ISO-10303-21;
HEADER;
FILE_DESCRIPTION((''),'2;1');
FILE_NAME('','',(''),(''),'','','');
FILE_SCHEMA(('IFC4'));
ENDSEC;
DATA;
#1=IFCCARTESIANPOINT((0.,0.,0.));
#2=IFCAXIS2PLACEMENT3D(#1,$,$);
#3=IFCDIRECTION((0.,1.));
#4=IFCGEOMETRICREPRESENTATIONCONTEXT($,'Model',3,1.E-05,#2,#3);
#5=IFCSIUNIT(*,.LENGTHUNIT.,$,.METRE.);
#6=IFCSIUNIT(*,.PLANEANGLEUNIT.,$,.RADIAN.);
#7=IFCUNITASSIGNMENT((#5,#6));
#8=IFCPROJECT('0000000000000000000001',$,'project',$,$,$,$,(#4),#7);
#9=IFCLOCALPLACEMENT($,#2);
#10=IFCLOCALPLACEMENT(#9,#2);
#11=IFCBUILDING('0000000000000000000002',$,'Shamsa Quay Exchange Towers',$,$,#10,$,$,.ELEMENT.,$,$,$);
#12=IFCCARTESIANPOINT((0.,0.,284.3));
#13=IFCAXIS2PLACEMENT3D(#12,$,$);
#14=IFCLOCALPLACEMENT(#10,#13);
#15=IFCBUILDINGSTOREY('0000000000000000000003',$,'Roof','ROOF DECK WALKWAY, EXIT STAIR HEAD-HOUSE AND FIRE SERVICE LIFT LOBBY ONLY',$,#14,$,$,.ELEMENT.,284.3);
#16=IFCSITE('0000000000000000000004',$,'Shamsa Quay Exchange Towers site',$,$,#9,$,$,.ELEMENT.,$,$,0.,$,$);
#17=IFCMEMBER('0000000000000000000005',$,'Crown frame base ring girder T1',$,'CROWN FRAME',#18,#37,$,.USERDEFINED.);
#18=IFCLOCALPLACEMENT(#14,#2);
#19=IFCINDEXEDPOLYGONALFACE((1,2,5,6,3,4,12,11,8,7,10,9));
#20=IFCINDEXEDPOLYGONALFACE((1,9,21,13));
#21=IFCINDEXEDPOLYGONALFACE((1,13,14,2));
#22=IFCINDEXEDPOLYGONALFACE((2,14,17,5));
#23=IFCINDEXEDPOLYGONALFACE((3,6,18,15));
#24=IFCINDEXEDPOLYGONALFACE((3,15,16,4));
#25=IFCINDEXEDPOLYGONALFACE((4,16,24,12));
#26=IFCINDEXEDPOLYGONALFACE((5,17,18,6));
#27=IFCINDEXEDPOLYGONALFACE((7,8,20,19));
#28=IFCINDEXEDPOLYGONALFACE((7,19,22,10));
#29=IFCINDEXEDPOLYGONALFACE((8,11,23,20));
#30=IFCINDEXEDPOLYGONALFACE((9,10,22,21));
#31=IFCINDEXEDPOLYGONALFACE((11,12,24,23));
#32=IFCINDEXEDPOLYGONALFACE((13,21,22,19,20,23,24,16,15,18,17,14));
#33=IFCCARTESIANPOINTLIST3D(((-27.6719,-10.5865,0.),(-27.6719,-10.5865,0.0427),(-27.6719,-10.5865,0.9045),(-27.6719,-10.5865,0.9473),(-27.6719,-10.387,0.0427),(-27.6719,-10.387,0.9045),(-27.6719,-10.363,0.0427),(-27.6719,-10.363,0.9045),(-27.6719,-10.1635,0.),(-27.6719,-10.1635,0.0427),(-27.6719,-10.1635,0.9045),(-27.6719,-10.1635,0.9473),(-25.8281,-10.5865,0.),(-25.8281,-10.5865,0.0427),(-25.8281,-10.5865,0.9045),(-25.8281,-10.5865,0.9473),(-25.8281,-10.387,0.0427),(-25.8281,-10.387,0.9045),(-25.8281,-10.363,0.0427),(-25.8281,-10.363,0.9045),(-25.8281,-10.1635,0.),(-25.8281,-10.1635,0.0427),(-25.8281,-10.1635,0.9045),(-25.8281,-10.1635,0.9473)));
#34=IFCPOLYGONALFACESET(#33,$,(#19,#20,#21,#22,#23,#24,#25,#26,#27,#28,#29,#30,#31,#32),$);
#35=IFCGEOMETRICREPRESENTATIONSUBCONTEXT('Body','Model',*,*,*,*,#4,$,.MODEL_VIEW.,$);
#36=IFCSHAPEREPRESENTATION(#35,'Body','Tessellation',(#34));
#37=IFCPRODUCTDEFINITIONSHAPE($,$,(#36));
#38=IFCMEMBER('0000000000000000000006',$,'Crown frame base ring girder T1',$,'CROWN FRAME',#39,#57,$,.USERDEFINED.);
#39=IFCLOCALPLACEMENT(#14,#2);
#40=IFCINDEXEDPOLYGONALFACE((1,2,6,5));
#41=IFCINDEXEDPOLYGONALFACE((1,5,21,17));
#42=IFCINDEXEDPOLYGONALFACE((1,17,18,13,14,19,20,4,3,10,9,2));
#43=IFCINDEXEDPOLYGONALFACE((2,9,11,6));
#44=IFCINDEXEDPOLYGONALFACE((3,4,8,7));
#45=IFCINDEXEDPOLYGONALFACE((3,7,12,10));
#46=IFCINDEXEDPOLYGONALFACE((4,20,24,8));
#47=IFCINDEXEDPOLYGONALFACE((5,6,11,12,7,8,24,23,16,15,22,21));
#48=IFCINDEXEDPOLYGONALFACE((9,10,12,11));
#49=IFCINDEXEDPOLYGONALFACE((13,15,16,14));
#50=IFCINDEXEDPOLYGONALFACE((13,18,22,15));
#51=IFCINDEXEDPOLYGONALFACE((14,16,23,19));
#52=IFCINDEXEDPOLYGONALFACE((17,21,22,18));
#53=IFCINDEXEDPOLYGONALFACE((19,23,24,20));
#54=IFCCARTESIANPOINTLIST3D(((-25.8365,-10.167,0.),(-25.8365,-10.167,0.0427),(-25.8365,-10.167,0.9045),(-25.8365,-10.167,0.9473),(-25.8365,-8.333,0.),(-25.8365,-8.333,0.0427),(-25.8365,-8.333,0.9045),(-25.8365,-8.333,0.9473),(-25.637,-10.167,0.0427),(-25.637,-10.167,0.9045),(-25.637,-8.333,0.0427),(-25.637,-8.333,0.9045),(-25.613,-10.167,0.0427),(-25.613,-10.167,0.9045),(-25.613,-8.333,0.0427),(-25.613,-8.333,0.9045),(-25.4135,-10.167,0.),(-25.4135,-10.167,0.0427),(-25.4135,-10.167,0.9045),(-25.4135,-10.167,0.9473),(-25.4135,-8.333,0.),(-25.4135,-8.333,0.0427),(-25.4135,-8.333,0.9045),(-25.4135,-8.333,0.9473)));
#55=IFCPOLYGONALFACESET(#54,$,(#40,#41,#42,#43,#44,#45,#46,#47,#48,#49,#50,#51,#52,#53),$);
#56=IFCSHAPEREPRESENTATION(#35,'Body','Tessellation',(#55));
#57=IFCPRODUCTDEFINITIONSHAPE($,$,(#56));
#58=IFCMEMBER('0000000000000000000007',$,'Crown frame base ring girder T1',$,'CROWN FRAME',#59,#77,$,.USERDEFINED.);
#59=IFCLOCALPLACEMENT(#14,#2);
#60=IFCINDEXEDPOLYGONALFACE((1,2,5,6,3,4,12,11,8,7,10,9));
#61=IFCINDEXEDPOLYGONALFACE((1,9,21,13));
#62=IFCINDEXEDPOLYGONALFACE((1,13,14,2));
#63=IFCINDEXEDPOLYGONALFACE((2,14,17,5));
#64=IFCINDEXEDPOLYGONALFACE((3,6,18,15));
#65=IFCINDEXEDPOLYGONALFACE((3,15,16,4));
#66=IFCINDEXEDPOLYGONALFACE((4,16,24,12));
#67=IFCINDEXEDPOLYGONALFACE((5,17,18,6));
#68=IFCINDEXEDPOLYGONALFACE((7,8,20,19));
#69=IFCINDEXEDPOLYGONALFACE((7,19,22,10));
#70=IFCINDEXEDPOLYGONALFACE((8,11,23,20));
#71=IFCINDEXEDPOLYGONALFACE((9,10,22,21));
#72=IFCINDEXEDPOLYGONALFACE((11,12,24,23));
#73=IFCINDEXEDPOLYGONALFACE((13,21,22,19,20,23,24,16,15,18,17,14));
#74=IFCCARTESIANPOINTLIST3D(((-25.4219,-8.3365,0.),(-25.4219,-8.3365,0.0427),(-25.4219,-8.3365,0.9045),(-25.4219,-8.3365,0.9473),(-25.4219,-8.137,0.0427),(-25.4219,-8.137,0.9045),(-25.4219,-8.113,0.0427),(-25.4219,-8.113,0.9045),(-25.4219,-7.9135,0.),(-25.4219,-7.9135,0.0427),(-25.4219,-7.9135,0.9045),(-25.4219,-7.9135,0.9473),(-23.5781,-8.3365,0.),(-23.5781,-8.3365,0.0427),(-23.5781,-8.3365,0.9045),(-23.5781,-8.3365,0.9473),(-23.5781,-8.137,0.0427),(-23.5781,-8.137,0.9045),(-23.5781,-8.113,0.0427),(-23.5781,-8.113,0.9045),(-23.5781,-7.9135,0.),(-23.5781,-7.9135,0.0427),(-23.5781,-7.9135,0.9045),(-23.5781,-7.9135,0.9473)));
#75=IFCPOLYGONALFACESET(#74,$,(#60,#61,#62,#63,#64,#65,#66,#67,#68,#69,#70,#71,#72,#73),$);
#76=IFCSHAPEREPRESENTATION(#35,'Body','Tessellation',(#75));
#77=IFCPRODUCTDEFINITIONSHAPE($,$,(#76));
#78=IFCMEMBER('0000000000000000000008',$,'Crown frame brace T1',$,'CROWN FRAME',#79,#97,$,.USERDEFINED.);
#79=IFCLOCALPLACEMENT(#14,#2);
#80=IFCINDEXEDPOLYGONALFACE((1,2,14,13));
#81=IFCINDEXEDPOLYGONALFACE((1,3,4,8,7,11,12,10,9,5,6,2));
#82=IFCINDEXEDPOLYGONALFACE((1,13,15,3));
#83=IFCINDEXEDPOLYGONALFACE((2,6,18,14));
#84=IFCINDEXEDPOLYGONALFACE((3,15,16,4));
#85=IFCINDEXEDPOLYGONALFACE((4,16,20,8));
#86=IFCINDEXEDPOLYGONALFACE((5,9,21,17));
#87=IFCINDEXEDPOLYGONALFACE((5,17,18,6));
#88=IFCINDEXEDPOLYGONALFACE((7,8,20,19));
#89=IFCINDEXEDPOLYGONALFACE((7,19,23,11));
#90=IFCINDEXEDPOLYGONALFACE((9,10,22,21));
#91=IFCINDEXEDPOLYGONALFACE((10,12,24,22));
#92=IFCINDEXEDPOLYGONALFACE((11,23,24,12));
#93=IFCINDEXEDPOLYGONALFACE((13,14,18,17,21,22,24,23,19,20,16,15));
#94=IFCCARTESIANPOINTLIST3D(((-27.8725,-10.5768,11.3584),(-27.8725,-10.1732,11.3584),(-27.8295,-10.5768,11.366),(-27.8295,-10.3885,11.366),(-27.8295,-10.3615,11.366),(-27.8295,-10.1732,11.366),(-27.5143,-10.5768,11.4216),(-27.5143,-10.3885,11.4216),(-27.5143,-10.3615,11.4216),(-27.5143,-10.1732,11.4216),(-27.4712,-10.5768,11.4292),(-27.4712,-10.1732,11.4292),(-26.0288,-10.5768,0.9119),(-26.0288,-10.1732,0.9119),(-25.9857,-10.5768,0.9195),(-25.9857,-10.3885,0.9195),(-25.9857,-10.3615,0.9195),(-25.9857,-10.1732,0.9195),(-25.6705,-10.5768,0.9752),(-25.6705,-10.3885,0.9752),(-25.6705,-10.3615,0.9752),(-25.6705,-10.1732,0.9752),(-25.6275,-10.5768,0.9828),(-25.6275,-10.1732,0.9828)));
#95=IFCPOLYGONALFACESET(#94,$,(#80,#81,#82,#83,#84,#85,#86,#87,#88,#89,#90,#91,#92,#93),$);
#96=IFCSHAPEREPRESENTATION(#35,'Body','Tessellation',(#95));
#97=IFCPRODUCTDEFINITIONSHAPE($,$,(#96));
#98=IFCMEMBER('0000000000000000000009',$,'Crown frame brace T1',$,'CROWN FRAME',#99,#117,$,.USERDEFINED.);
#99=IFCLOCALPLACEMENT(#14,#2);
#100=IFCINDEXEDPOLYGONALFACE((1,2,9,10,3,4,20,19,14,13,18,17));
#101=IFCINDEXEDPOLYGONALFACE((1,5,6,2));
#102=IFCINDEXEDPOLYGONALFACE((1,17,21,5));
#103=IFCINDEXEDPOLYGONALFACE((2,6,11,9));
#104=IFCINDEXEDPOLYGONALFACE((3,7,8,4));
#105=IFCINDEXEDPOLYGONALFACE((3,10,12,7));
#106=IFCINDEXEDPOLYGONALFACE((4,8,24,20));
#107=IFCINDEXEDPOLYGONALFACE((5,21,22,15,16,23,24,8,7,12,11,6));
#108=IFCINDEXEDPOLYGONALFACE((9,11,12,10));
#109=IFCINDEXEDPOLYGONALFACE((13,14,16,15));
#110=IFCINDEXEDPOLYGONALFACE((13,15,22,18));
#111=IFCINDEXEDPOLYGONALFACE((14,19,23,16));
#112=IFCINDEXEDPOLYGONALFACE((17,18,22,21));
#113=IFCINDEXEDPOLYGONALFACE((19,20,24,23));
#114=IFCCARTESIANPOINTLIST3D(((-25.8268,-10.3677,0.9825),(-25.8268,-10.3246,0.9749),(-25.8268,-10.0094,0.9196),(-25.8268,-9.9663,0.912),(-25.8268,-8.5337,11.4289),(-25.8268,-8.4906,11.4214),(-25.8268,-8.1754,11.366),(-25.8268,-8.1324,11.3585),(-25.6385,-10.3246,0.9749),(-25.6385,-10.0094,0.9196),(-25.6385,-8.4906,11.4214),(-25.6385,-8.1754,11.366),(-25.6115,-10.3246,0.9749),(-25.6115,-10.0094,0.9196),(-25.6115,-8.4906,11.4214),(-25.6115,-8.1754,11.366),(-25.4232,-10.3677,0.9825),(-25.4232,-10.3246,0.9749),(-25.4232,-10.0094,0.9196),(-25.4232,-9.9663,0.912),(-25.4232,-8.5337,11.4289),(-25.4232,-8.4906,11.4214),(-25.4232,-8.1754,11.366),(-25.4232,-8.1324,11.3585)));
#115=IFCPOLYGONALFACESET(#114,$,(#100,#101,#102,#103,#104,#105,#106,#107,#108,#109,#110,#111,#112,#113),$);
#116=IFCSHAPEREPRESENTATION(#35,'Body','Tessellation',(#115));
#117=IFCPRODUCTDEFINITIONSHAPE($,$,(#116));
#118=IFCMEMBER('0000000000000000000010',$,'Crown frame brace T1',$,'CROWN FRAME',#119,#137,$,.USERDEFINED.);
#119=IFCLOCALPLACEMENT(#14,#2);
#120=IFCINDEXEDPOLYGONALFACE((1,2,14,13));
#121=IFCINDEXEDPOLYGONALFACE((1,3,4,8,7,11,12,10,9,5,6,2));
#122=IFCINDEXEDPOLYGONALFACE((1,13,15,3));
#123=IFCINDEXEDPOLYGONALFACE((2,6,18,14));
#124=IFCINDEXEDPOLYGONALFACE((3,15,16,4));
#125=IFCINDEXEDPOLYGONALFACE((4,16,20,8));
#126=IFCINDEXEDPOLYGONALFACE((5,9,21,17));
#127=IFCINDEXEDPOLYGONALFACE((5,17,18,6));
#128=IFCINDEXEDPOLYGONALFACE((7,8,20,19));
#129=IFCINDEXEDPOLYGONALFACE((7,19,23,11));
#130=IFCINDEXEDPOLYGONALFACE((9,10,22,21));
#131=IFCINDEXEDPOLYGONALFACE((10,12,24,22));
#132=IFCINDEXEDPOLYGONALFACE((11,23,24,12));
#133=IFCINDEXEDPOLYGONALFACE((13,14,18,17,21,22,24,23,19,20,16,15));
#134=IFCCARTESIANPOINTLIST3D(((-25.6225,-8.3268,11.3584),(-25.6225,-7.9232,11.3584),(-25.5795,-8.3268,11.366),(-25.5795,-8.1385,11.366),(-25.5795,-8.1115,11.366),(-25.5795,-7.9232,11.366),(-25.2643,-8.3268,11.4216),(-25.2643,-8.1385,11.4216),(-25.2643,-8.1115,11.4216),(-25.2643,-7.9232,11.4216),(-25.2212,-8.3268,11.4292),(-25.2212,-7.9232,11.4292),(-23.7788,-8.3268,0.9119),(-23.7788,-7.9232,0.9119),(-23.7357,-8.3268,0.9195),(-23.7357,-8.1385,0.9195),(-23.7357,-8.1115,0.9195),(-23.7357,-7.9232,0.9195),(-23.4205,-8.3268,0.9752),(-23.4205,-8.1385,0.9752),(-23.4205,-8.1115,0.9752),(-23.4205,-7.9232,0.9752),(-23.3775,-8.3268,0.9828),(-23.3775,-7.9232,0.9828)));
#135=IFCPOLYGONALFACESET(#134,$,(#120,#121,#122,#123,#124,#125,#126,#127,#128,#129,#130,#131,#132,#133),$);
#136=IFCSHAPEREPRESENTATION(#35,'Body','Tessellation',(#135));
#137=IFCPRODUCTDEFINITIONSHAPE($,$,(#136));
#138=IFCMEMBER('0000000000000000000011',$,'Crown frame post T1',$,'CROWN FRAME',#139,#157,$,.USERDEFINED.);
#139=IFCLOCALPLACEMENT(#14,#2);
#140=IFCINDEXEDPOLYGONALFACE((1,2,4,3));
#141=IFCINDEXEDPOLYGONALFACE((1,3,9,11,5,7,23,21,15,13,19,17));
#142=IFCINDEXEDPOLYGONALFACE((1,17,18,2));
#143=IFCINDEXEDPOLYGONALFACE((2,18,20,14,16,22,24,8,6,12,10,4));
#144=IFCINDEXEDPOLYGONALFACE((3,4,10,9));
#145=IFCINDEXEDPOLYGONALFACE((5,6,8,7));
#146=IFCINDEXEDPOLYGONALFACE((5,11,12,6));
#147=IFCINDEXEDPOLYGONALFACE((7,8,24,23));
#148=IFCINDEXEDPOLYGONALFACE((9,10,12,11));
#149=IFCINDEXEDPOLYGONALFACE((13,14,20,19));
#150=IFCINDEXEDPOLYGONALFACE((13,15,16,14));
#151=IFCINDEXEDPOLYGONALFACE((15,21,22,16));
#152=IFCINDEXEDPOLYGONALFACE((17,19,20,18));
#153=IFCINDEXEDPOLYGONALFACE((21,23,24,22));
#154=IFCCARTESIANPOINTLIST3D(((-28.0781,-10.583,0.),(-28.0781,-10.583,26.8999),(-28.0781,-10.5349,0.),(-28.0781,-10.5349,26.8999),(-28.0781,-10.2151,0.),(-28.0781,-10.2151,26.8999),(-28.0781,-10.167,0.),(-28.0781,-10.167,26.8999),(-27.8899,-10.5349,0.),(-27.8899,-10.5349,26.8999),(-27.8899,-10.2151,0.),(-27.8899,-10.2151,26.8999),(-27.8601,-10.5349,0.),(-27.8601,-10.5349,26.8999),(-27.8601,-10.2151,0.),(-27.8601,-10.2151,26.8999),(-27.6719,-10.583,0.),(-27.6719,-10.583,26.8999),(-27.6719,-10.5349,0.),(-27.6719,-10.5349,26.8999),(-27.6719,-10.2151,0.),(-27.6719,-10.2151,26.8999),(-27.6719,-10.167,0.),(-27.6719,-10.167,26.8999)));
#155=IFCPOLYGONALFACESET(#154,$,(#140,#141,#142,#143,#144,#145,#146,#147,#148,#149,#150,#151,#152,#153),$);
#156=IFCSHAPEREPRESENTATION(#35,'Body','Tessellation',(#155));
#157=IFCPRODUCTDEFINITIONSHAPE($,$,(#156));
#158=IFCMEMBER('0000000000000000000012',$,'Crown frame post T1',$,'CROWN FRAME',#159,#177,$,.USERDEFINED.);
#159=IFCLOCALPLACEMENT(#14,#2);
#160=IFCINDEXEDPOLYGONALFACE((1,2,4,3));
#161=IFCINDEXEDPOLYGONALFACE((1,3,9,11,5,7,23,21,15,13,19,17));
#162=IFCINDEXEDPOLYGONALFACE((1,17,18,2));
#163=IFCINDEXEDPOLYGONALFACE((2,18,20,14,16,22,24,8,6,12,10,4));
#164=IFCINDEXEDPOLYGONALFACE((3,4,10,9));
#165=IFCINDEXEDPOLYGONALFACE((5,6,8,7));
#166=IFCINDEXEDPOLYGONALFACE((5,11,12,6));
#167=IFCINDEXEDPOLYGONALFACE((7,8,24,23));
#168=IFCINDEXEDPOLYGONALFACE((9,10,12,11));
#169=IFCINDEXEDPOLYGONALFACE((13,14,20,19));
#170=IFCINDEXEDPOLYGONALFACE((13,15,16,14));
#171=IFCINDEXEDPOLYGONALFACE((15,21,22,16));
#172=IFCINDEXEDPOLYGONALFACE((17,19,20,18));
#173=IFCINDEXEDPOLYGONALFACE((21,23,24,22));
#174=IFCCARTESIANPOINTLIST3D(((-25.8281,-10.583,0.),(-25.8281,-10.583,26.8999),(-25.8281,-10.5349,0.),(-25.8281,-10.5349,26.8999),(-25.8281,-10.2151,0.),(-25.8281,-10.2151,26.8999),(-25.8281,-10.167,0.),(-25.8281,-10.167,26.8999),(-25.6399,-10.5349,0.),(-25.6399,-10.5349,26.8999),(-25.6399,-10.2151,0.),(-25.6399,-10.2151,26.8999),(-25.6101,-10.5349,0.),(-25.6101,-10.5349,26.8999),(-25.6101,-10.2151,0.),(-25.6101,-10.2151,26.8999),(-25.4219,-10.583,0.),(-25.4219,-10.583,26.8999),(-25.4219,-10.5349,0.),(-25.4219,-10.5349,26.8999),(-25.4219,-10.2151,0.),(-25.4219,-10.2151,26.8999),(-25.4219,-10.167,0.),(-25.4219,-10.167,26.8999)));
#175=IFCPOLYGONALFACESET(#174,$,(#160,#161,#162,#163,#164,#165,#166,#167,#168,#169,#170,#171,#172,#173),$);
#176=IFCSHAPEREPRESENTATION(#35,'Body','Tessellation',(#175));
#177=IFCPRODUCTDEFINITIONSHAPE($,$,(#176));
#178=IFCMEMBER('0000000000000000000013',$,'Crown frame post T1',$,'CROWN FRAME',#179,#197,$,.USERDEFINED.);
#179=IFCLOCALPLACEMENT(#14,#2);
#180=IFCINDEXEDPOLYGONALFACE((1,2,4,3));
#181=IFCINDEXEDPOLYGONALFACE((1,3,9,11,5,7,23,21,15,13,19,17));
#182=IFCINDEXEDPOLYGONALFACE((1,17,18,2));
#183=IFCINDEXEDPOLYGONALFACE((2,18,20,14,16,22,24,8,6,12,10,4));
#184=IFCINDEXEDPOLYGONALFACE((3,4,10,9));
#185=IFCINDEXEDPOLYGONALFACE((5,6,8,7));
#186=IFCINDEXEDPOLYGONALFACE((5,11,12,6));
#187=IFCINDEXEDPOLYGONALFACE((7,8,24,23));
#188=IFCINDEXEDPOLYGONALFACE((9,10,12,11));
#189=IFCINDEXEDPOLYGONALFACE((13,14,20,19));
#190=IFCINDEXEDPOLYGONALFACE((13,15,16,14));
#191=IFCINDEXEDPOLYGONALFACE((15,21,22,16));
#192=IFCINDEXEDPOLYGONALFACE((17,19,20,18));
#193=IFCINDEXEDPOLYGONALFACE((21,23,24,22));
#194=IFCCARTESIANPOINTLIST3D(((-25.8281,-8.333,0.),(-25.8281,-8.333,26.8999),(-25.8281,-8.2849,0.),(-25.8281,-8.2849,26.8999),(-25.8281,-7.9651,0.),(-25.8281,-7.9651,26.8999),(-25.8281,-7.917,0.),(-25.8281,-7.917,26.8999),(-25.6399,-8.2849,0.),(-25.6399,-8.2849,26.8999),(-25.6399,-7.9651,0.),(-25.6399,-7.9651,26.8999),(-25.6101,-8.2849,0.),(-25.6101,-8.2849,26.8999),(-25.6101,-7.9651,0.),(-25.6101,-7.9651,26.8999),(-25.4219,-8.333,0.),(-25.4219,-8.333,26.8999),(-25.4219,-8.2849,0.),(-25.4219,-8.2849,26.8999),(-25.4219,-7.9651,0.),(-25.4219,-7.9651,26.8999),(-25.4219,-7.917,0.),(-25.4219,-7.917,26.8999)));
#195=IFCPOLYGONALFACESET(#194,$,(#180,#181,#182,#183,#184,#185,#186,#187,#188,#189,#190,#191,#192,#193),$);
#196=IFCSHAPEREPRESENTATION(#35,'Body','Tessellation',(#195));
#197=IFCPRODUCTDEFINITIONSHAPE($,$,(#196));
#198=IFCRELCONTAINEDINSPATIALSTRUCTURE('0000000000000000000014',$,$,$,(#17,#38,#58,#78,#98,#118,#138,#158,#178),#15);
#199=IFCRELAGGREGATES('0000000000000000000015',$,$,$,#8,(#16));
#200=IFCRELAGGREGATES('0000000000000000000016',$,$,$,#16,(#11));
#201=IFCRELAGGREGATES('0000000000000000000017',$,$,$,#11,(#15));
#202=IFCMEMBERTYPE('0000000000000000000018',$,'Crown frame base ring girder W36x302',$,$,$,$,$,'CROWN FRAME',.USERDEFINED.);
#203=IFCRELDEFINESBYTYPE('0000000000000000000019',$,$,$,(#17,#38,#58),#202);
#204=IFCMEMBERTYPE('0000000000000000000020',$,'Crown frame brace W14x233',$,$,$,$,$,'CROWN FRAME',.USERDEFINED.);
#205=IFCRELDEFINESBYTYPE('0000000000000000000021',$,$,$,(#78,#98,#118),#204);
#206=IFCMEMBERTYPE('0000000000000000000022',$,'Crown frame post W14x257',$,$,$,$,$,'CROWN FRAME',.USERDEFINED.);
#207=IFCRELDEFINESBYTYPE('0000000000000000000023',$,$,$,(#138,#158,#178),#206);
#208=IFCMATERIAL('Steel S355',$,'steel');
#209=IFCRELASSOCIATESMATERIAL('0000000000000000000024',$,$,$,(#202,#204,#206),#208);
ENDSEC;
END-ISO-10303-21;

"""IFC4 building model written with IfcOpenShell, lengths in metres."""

from ifc_helpers import new_model, si_unit, direction, frame, origin, origin_2d, place, context, subcontext, project, spatial, i_section, extrude, material, material_profile, profile_set, type_object, element, save


model = new_model("IFC4")

# Units and contexts
model_context = context("Model", 3, precision=1e-05, world=origin(), true_north=direction((0.0, 1.0)))
body_context = subcontext(model_context, "Body", "Model", "MODEL_VIEW")
ifc_project = project(units=[si_unit("LENGTHUNIT", "METRE"), si_unit("PLANEANGLEUNIT", "RADIAN")], contexts=[model_context])

# Site, building, storey
site_placement = place(None, origin())
site = spatial("IfcSite", under=ifc_project, at=site_placement, Name="Shamsa Quay Exchange Towers site", CompositionType="ELEMENT", RefElevation=0.0)
building_placement = place(site_placement, origin())
building = spatial("IfcBuilding", under=site, at=building_placement, Name="Shamsa Quay Exchange Towers", CompositionType="ELEMENT")
storey_placement = place(building_placement, frame((0.0, 0.0, 284.3)))
storey = spatial("IfcBuildingStorey", under=building, at=storey_placement, Name="Roof", Description="ROOF DECK WALKWAY, EXIT STAIR HEAD-HOUSE AND FIRE SERVICE LIFT LOBBY ONLY", CompositionType="ELEMENT", Elevation=284.3)

# Members
ifc_material_1 = material(Name="Steel S355", Category="steel")
ifc_material_profile_1 = material_profile(ifc_material_1, i_section(OverallWidth=0.4231, OverallDepth=0.9473, WebThickness=0.0239, FlangeThickness=0.0427, at=origin_2d()), Name="W36x302")
ifc_profile_set_1 = profile_set([ifc_material_profile_1], Name="Steel S355")
member_type_1 = type_object("IfcMemberType", Name="Crown frame base ring girder W36x302", ElementType="CROWN FRAME", PredefinedType="USERDEFINED", material=ifc_profile_set_1)
member_1_placement = place(storey_placement, frame((-27.6719, -10.375, 0.4736), z_axis=(1.0, 0.0, 0.0), x_axis=(0.0, 1.0, 0.0)))
element("IfcMember", 1, at=member_1_placement, inside=storey, type_object=member_type_1, Name="Crown frame base ring girder T1", ObjectType="CROWN FRAME", PredefinedType="USERDEFINED", context=body_context, shape_type="SweptSolid", body=[
    extrude(i_section(OverallWidth=0.4231, OverallDepth=0.9473, WebThickness=0.0239, FlangeThickness=0.0427, at=origin_2d()), origin(), (0.0, 0.0, 1.0), 1.8438),
])
member_2_placement = place(storey_placement, frame((-25.625, -10.167, 0.4736), z_axis=(0.0, 1.0, 0.0), x_axis=(-1.0, 0.0, 0.0)))
element("IfcMember", 2, at=member_2_placement, inside=storey, type_object=member_type_1, Name="Crown frame base ring girder T1", ObjectType="CROWN FRAME", PredefinedType="USERDEFINED", context=body_context, shape_type="SweptSolid", body=[
    extrude(i_section(OverallWidth=0.4231, OverallDepth=0.9473, WebThickness=0.0239, FlangeThickness=0.0427, at=origin_2d()), origin(), (0.0, 0.0, 1.0), 1.834),
])
member_3_placement = place(storey_placement, frame((-25.4219, -8.125, 0.4736), z_axis=(1.0, 0.0, 0.0), x_axis=(0.0, 1.0, 0.0)))
element("IfcMember", 3, at=member_3_placement, inside=storey, type_object=member_type_1, Name="Crown frame base ring girder T1", ObjectType="CROWN FRAME", PredefinedType="USERDEFINED", context=body_context, shape_type="SweptSolid", body=[
    extrude(i_section(OverallWidth=0.4231, OverallDepth=0.9473, WebThickness=0.0239, FlangeThickness=0.0427, at=origin_2d()), origin(), (0.0, 0.0, 1.0), 1.8438),
])
ifc_material_profile_2 = material_profile(ifc_material_1, i_section(OverallWidth=0.4036, OverallDepth=0.4075, WebThickness=0.0271, FlangeThickness=0.0437, at=origin_2d()), Name="W14x233")
ifc_profile_set_2 = profile_set([ifc_material_profile_2], Name="Steel S355")
member_type_2 = type_object("IfcMemberType", Name="Crown frame brace W14x233", ElementType="CROWN FRAME", PredefinedType="USERDEFINED", material=ifc_profile_set_2)
member_4_placement = place(storey_placement, frame((-27.6719, -10.375, 11.3938), z_axis=(0.173808, 0.0, -0.98478), x_axis=(0.0, 1.0, 0.0)))
element("IfcMember", 4, at=member_4_placement, inside=storey, type_object=member_type_2, Name="Crown frame brace T1", ObjectType="CROWN FRAME", PredefinedType="USERDEFINED", context=body_context, shape_type="SweptSolid", body=[
    extrude(i_section(OverallWidth=0.4036, OverallDepth=0.4075, WebThickness=0.0271, FlangeThickness=0.0437, at=origin_2d()), origin(), (0.0, 0.0, 1.0), 10.6079),
])
member_5_placement = place(storey_placement, frame((-25.625, -10.167, 0.9473), z_axis=(0.0, 0.172915, 0.984937), x_axis=(-1.0, 0.0, 0.0)))
element("IfcMember", 5, at=member_5_placement, inside=storey, type_object=member_type_2, Name="Crown frame brace T1", ObjectType="CROWN FRAME", PredefinedType="USERDEFINED", context=body_context, shape_type="SweptSolid", body=[
    extrude(i_section(OverallWidth=0.4036, OverallDepth=0.4075, WebThickness=0.0271, FlangeThickness=0.0437, at=origin_2d()), origin(), (0.0, 0.0, 1.0), 10.6062),
])
member_6_placement = place(storey_placement, frame((-25.4219, -8.125, 11.3938), z_axis=(0.173808, 0.0, -0.98478), x_axis=(0.0, 1.0, 0.0)))
element("IfcMember", 6, at=member_6_placement, inside=storey, type_object=member_type_2, Name="Crown frame brace T1", ObjectType="CROWN FRAME", PredefinedType="USERDEFINED", context=body_context, shape_type="SweptSolid", body=[
    extrude(i_section(OverallWidth=0.4036, OverallDepth=0.4075, WebThickness=0.0271, FlangeThickness=0.0437, at=origin_2d()), origin(), (0.0, 0.0, 1.0), 10.6079),
])
ifc_material_profile_3 = material_profile(ifc_material_1, i_section(OverallWidth=0.4062, OverallDepth=0.416, WebThickness=0.0298, FlangeThickness=0.0481, at=origin_2d()), Name="W14x257")
ifc_profile_set_3 = profile_set([ifc_material_profile_3], Name="Steel S355")
member_type_3 = type_object("IfcMemberType", Name="Crown frame post W14x257", ElementType="CROWN FRAME", PredefinedType="USERDEFINED", material=ifc_profile_set_3)
for number, where, name in (
    (7, (-27.875, -10.375, 0.0), "Crown frame post T1"),
    (8, (-25.625, -10.375, 0.0), "Crown frame post T1"),
    (9, (-25.625, -8.125, 0.0), "Crown frame post T1"),
):
    element("IfcMember", number, at=place(storey_placement, frame(where)), inside=storey, type_object=member_type_3, Name=name, ObjectType="CROWN FRAME", PredefinedType="USERDEFINED", context=body_context, shape_type="SweptSolid", body=[
        extrude(i_section(OverallWidth=0.4062, OverallDepth=0.416, WebThickness=0.0298, FlangeThickness=0.0481, at=origin_2d()), origin(), (0.0, 0.0, 1.0), 26.8999),
    ])

save(model, "model.ifc")
